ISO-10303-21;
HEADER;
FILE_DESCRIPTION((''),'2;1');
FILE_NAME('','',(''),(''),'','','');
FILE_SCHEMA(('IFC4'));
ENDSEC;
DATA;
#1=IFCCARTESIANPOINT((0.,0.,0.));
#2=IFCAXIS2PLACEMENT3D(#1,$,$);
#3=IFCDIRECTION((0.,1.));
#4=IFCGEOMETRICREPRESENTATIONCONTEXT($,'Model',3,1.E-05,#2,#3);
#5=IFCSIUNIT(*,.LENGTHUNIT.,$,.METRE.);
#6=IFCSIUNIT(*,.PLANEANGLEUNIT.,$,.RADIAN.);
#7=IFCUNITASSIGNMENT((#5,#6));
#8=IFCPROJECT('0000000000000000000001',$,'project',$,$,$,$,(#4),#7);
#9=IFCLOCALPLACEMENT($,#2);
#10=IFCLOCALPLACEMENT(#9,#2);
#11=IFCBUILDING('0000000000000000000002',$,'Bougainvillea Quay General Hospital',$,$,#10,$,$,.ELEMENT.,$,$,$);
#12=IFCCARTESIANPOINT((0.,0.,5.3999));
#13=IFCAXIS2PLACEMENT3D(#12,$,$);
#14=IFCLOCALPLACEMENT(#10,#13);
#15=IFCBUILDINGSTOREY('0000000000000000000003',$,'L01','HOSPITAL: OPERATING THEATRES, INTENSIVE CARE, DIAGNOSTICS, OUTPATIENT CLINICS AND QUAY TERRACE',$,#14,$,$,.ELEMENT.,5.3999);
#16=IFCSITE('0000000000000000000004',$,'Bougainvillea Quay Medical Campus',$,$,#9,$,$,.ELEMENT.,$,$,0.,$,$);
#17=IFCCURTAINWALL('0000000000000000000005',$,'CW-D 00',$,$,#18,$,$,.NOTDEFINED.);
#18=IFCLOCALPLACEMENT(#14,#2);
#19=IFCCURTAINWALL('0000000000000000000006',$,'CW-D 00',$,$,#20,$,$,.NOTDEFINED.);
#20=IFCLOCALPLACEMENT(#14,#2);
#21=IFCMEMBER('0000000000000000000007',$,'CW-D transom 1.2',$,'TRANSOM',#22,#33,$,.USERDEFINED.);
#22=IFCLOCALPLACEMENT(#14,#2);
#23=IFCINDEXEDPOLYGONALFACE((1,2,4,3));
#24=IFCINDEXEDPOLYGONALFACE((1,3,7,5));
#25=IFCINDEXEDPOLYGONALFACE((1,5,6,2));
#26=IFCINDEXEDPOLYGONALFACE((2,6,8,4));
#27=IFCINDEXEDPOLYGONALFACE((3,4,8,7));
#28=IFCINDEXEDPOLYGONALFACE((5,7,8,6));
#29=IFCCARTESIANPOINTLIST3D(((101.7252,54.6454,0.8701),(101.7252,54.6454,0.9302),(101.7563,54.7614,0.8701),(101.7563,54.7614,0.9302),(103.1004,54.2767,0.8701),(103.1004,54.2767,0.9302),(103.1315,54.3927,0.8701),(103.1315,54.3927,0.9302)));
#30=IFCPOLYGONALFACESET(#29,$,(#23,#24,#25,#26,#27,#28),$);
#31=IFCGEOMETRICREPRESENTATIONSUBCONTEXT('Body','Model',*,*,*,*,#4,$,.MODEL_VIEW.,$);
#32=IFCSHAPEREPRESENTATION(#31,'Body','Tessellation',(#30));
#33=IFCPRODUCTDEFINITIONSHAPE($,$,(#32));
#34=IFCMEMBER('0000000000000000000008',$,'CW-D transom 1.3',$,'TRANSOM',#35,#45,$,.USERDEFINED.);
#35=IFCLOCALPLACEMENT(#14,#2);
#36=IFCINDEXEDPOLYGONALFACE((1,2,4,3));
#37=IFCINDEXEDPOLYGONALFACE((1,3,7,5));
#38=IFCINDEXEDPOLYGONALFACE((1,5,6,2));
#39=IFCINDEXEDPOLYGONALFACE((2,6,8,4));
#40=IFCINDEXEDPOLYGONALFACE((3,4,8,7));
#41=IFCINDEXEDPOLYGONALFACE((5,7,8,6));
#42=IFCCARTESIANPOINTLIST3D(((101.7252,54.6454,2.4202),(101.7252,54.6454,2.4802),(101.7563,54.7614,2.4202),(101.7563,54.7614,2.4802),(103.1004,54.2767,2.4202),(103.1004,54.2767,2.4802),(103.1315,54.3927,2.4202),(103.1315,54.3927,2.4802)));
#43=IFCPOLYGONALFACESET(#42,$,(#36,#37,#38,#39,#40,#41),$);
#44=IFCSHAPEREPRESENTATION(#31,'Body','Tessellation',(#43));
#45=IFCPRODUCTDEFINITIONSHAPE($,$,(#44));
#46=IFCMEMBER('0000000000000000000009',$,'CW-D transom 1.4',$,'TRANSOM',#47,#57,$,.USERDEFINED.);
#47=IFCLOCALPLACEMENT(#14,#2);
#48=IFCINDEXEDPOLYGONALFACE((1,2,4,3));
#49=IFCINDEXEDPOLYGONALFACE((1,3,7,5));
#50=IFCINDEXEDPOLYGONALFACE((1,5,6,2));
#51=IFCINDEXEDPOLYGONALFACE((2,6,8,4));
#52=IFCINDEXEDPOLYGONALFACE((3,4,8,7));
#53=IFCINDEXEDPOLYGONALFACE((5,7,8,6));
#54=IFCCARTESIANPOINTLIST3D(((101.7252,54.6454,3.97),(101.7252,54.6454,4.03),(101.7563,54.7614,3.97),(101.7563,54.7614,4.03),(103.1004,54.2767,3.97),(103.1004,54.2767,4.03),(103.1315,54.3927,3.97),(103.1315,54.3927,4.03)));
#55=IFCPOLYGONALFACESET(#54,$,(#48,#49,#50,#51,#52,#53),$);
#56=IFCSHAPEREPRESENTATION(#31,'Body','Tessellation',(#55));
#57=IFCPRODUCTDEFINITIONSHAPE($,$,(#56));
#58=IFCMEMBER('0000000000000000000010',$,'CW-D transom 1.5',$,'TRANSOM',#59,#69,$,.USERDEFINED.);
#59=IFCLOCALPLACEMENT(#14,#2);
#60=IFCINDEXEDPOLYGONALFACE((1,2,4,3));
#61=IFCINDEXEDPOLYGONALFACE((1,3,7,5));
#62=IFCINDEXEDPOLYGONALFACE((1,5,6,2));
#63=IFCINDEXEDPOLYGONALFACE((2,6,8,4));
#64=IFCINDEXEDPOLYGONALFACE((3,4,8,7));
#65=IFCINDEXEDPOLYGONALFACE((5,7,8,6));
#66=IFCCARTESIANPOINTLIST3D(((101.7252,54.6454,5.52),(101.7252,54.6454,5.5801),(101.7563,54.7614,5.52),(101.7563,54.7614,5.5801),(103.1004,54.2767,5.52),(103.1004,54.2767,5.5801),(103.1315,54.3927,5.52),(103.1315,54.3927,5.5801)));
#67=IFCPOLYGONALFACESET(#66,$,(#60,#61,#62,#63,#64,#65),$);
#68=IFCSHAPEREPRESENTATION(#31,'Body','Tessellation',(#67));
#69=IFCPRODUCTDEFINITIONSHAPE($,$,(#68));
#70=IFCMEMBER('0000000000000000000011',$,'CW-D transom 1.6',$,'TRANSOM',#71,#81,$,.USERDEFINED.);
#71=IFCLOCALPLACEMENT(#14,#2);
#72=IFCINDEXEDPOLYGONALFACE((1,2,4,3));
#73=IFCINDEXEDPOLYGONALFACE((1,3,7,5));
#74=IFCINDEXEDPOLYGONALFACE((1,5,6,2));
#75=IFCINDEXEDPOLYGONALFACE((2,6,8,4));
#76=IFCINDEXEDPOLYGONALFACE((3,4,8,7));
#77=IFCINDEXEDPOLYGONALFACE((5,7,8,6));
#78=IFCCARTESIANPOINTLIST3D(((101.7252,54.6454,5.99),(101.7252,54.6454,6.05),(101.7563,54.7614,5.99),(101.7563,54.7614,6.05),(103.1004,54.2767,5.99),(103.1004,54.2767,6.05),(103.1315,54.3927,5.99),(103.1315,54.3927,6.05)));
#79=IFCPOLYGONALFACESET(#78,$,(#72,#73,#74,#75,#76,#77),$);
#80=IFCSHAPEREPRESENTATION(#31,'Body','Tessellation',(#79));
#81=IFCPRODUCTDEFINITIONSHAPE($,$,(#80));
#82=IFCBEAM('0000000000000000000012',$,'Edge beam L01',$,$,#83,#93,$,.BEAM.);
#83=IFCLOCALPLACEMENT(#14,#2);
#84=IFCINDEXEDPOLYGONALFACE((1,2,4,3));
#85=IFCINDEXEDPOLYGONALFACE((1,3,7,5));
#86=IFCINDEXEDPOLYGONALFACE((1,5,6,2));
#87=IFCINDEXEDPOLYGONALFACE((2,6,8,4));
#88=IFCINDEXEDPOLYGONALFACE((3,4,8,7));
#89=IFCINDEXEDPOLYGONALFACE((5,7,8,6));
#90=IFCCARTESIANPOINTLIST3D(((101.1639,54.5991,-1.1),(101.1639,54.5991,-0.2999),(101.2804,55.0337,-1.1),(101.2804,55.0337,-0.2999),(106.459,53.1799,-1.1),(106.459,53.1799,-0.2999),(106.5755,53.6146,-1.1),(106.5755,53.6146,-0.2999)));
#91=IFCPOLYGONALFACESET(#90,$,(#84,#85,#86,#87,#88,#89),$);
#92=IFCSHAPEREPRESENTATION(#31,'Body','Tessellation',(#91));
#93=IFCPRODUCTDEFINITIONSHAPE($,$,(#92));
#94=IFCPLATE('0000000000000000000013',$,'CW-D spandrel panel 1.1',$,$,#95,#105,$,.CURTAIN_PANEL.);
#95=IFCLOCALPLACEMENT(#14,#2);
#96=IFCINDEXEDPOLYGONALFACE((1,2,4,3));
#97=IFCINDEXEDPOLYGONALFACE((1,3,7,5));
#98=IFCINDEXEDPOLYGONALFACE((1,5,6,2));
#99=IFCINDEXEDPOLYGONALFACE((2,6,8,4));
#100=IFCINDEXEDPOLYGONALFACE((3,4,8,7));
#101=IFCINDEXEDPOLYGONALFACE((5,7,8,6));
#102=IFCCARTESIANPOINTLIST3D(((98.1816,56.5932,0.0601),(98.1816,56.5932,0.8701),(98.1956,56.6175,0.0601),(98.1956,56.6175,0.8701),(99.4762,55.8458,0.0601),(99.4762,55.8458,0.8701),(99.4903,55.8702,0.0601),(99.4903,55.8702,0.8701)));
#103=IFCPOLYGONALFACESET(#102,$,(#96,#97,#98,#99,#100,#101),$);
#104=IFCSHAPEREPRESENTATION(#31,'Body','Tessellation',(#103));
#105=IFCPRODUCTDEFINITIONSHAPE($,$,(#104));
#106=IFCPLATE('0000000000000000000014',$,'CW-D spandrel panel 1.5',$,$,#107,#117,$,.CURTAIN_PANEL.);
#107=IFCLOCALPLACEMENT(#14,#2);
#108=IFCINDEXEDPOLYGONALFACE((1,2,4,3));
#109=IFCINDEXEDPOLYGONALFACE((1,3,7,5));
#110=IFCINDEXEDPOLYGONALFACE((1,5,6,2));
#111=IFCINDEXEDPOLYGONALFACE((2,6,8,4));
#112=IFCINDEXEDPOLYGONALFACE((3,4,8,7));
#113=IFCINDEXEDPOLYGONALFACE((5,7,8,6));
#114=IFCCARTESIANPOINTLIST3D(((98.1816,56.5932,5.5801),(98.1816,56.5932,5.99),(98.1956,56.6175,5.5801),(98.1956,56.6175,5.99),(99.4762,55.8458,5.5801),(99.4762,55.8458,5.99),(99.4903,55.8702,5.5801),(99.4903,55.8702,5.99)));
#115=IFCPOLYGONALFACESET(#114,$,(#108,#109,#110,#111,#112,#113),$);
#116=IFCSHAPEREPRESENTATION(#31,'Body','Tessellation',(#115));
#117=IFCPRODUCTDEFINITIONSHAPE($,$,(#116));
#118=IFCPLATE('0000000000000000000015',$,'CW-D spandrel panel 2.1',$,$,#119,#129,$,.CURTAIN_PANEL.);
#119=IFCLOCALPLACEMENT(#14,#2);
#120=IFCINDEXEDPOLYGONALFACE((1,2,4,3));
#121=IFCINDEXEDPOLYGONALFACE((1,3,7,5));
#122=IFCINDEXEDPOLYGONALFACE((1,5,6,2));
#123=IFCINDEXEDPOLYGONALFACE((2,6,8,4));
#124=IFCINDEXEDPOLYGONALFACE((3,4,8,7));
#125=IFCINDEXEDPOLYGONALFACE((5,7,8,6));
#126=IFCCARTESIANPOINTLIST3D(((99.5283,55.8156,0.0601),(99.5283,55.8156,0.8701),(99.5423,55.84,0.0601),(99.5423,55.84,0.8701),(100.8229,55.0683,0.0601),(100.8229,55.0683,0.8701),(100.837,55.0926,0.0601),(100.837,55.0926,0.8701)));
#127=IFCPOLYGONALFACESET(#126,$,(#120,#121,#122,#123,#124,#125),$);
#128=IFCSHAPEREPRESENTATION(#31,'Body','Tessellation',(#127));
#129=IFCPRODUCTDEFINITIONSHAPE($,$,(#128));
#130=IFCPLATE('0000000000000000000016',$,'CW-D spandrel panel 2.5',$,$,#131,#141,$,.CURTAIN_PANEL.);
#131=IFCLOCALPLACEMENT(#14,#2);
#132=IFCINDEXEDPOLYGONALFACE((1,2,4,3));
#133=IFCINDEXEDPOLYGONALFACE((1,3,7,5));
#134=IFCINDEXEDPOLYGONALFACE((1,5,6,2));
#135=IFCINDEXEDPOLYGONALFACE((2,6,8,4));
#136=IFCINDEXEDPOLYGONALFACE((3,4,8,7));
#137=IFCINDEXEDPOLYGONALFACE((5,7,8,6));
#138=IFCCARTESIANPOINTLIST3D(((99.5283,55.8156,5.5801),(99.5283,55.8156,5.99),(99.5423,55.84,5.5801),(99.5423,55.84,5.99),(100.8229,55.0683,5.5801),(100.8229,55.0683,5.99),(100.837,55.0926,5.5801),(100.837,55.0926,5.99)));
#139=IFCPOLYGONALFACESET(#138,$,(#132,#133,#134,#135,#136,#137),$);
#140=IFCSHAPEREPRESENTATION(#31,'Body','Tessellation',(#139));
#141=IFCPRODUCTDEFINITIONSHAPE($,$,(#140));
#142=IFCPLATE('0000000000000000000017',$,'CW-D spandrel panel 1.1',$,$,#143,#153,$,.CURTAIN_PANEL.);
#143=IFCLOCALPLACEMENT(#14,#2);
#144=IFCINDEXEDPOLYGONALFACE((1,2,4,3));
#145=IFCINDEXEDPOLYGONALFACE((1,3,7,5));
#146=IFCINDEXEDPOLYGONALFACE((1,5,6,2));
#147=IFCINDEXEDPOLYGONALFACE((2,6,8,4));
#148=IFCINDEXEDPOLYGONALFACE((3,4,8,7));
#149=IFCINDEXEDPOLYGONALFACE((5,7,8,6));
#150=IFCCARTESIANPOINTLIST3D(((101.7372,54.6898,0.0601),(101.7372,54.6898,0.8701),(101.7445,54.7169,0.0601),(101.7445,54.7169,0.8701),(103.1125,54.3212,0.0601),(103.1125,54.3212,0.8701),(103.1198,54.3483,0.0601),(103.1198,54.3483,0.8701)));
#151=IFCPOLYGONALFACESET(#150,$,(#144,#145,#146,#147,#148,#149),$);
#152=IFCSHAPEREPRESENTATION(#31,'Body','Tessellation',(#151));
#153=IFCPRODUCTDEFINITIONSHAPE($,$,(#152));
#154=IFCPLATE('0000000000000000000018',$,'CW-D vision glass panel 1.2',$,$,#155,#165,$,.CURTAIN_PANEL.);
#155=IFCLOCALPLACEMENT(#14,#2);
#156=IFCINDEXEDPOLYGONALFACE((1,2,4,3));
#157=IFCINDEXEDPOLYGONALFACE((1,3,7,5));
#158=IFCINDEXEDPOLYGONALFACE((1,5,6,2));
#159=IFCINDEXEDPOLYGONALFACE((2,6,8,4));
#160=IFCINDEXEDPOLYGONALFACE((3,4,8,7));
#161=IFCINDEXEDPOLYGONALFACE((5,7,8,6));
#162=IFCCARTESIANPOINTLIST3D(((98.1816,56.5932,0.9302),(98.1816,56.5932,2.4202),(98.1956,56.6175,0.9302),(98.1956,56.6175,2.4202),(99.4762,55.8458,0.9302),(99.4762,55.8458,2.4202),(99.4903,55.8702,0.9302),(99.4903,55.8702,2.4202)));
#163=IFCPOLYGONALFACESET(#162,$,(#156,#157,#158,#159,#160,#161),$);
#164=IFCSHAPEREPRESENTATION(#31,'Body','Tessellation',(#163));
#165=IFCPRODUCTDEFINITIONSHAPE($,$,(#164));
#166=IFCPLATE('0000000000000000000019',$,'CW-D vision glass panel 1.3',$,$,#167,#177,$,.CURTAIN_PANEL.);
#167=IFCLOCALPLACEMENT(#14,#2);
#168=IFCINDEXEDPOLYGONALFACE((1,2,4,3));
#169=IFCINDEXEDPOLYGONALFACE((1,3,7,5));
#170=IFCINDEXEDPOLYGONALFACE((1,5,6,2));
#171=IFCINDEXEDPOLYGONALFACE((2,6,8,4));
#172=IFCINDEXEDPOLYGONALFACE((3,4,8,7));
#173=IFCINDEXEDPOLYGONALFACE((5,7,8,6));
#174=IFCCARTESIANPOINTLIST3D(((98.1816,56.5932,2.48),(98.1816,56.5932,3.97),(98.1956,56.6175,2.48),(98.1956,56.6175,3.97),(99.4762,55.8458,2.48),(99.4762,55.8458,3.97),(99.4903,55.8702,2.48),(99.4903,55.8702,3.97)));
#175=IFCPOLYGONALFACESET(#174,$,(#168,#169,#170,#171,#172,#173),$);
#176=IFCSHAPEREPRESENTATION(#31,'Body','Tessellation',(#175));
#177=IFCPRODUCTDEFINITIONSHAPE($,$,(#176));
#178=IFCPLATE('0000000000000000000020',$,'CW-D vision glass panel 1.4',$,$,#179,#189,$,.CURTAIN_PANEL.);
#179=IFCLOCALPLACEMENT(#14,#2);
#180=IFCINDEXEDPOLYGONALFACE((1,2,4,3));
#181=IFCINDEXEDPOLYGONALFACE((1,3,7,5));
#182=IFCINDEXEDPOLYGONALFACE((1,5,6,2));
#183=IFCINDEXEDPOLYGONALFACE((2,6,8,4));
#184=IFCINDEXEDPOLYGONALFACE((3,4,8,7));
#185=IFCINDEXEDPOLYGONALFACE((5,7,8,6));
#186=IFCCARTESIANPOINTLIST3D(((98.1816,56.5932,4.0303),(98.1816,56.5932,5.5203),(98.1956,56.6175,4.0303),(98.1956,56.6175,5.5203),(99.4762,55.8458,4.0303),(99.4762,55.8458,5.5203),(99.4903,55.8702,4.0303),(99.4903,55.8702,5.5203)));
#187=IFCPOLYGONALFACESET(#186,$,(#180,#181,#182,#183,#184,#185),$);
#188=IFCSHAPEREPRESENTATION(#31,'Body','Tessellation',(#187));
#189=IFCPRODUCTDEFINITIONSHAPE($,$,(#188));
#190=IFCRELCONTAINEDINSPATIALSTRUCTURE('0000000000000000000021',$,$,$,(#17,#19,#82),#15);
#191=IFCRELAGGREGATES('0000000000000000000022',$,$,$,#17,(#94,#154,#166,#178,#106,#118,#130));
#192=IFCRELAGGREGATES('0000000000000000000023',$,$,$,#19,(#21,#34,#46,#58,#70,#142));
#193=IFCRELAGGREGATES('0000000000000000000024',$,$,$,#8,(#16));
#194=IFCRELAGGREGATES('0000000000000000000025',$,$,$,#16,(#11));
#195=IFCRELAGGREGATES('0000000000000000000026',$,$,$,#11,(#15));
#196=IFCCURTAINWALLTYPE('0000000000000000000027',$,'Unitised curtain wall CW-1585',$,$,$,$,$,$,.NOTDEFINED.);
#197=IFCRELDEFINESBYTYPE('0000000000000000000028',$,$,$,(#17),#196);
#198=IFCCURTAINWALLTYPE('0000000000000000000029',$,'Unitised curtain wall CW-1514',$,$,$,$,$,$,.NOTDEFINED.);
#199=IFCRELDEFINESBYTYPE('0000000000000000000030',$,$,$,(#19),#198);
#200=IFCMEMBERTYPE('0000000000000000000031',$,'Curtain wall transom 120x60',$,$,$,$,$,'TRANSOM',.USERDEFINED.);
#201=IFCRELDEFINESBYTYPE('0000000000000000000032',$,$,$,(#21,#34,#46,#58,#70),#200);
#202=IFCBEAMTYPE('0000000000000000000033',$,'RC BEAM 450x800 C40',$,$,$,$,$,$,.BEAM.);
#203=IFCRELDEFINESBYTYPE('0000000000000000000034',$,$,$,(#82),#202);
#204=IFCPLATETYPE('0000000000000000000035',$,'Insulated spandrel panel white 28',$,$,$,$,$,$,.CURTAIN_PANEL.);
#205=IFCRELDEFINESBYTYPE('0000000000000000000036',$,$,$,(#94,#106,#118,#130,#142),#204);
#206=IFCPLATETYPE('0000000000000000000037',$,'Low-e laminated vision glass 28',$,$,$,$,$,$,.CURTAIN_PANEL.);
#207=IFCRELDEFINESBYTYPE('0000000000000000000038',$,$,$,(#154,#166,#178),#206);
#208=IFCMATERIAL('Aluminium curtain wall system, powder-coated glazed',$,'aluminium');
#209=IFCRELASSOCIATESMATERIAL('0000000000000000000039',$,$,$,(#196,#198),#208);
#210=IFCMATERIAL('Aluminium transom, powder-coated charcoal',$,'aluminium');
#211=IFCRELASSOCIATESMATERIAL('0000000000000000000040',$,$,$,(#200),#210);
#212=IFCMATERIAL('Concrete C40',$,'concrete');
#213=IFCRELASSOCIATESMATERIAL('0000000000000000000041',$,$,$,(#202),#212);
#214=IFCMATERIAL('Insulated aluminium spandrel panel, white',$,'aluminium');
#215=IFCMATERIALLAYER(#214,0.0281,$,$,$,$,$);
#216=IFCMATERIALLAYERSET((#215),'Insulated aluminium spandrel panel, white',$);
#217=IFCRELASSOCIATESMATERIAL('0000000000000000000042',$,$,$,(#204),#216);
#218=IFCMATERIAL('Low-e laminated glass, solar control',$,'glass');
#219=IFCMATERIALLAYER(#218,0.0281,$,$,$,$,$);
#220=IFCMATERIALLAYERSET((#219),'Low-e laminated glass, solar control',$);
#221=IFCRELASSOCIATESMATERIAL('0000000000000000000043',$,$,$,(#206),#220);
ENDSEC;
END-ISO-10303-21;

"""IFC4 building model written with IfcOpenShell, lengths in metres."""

from ifc_helpers import new_model, si_unit, direction, frame, origin, origin_2d, place, context, subcontext, project, spatial, rectangle, extrude, material, layer, layer_set, material_profile, profile_set, type_object, element, aggregate, save


model = new_model("IFC4")

# Units and contexts
model_context = context("Model", 3, precision=1e-05, world=origin(), true_north=direction((0.0, 1.0)))
body_context = subcontext(model_context, "Body", "Model", "MODEL_VIEW")
ifc_project = project(units=[si_unit("LENGTHUNIT", "METRE"), si_unit("PLANEANGLEUNIT", "RADIAN")], contexts=[model_context])

# Site, building, storey
site_placement = place(None, origin())
site = spatial("IfcSite", under=ifc_project, at=site_placement, Name="Bougainvillea Quay Medical Campus", CompositionType="ELEMENT", RefElevation=0.0)
building_placement = place(site_placement, origin())
building = spatial("IfcBuilding", under=site, at=building_placement, Name="Bougainvillea Quay General Hospital", CompositionType="ELEMENT")
storey_placement = place(building_placement, frame((0.0, 0.0, 5.3999)))
storey = spatial("IfcBuildingStorey", under=building, at=storey_placement, Name="L01", Description="HOSPITAL: OPERATING THEATRES, INTENSIVE CARE, DIAGNOSTICS, OUTPATIENT CLINICS AND QUAY TERRACE", CompositionType="ELEMENT", Elevation=5.3999)

# Curtain wall
ifc_material_1 = material(Name="Aluminium curtain wall system, powder-coated glazed", Category="aluminium")
curtain_wall_type_1 = type_object("IfcCurtainWallType", Name="Unitised curtain wall CW-1585", PredefinedType="NOTDEFINED", material=ifc_material_1)
curtain_wall_1_placement = place(storey_placement, origin())
curtain_wall_1 = element("IfcCurtainWall", 1, at=curtain_wall_1_placement, inside=storey, type_object=curtain_wall_type_1, Name="CW-D 00", PredefinedType="NOTDEFINED")

# Curtain wall
curtain_wall_type_2 = type_object("IfcCurtainWallType", Name="Unitised curtain wall CW-1514", PredefinedType="NOTDEFINED", material=ifc_material_1)
curtain_wall_2_placement = place(storey_placement, origin())
curtain_wall_2 = element("IfcCurtainWall", 2, at=curtain_wall_2_placement, inside=storey, type_object=curtain_wall_type_2, Name="CW-D 00", PredefinedType="NOTDEFINED")

# Members
ifc_material_2 = material(Name="Aluminium transom, powder-coated charcoal", Category="aluminium")
ifc_material_profile_1 = material_profile(ifc_material_2, rectangle(XDim=0.1201, YDim=0.0601, at=origin_2d()))
ifc_profile_set_1 = profile_set([ifc_material_profile_1], Name="Aluminium transom, powder-coated charcoal")
member_type_1 = type_object("IfcMemberType", Name="Curtain wall transom 120x60", ElementType="TRANSOM", PredefinedType="USERDEFINED", material=ifc_profile_set_1)
member_1_placement = place(storey_placement, frame((101.7407, 54.7034, 0.9001), z_axis=(0.965898, -0.258922, 0.0), x_axis=(0.258922, 0.965898, 0.0)))
member_1 = element("IfcMember", 3, at=member_1_placement, type_object=member_type_1, Name="CW-D transom 1.2", ObjectType="TRANSOM", PredefinedType="USERDEFINED", context=body_context, shape_type="SweptSolid", body=[
    extrude(rectangle(XDim=0.1201, YDim=0.0601, at=origin_2d()), origin(), (0.0, 0.0, 1.0), 1.4238),
])
member_2_placement = place(storey_placement, frame((101.7407, 54.7034, 2.4502), z_axis=(0.965898, -0.258922, 0.0), x_axis=(0.258922, 0.965898, 0.0)))
member_2 = element("IfcMember", 4, at=member_2_placement, type_object=member_type_1, Name="CW-D transom 1.3", ObjectType="TRANSOM", PredefinedType="USERDEFINED", context=body_context, shape_type="SweptSolid", body=[
    extrude(rectangle(XDim=0.1201, YDim=0.0601, at=origin_2d()), origin(), (0.0, 0.0, 1.0), 1.4238),
])
member_3_placement = place(storey_placement, frame((101.7407, 54.7034, 4.0), z_axis=(0.965898, -0.258922, 0.0), x_axis=(0.258922, 0.965898, 0.0)))
member_3 = element("IfcMember", 5, at=member_3_placement, type_object=member_type_1, Name="CW-D transom 1.4", ObjectType="TRANSOM", PredefinedType="USERDEFINED", context=body_context, shape_type="SweptSolid", body=[
    extrude(rectangle(XDim=0.1201, YDim=0.0601, at=origin_2d()), origin(), (0.0, 0.0, 1.0), 1.4238),
])
member_4_placement = place(storey_placement, frame((101.7407, 54.7034, 5.55), z_axis=(0.965898, -0.258922, 0.0), x_axis=(0.258922, 0.965898, 0.0)))
member_4 = element("IfcMember", 6, at=member_4_placement, type_object=member_type_1, Name="CW-D transom 1.5", ObjectType="TRANSOM", PredefinedType="USERDEFINED", context=body_context, shape_type="SweptSolid", body=[
    extrude(rectangle(XDim=0.1201, YDim=0.0601, at=origin_2d()), origin(), (0.0, 0.0, 1.0), 1.4238),
])
member_5_placement = place(storey_placement, frame((101.7407, 54.7034, 6.02), z_axis=(0.965898, -0.258922, 0.0), x_axis=(0.258922, 0.965898, 0.0)))
member_5 = element("IfcMember", 7, at=member_5_placement, type_object=member_type_1, Name="CW-D transom 1.6", ObjectType="TRANSOM", PredefinedType="USERDEFINED", context=body_context, shape_type="SweptSolid", body=[
    extrude(rectangle(XDim=0.1201, YDim=0.0601, at=origin_2d()), origin(), (0.0, 0.0, 1.0), 1.4238),
])

# Beam
ifc_material_3 = material(Name="Concrete C40", Category="concrete")
ifc_material_profile_2 = material_profile(ifc_material_3, rectangle(XDim=0.45, YDim=0.8, at=origin_2d()))
ifc_profile_set_2 = profile_set([ifc_material_profile_2], Name="Concrete C40")
beam_type = type_object("IfcBeamType", Name="RC BEAM 450x800 C40", PredefinedType="BEAM", material=ifc_profile_set_2)
beam_placement = place(storey_placement, frame((101.2222, 54.8164, -0.7), z_axis=(0.96591, -0.258879, 0.0), x_axis=(0.258879, 0.96591, 0.0)))
element("IfcBeam", 8, at=beam_placement, inside=storey, type_object=beam_type, Name="Edge beam L01", PredefinedType="BEAM", context=body_context, shape_type="SweptSolid", body=[
    extrude(rectangle(XDim=0.45, YDim=0.8, at=origin_2d()), origin(), (0.0, 0.0, 1.0), 5.4819),
])

# Plates
ifc_material_4 = material(Name="Insulated aluminium spandrel panel, white", Category="aluminium")
ifc_layer_1 = layer(ifc_material_4, 0.0281)
ifc_layer_set_1 = layer_set([ifc_layer_1], Name="Insulated aluminium spandrel panel, white")
plate_type_1 = type_object("IfcPlateType", Name="Insulated spandrel panel white 28", PredefinedType="CURTAIN_PANEL", material=ifc_layer_set_1)
plate_1_placement = place(storey_placement, frame((98.8359, 56.2317, 0.0601), z_axis=(0.0, 0.0, 1.0), x_axis=(0.866046, -0.499965, 0.0)))
plate_1 = element("IfcPlate", 9, at=plate_1_placement, type_object=plate_type_1, Name="CW-D spandrel panel 1.1", PredefinedType="CURTAIN_PANEL", context=body_context, shape_type="SweptSolid", body=[
    extrude(rectangle(XDim=1.4949, YDim=0.0281, at=origin_2d()), origin(), (0.0, 0.0, 1.0), 0.8101),
])
plate_2_placement = place(storey_placement, frame((98.8359, 56.2317, 5.5801), z_axis=(0.0, 0.0, 1.0), x_axis=(0.866046, -0.499965, 0.0)))
plate_2 = element("IfcPlate", 10, at=plate_2_placement, type_object=plate_type_1, Name="CW-D spandrel panel 1.5", PredefinedType="CURTAIN_PANEL", context=body_context, shape_type="SweptSolid", body=[
    extrude(rectangle(XDim=1.4949, YDim=0.0281, at=origin_2d()), origin(), (0.0, 0.0, 1.0), 0.4099),
])
plate_3_placement = place(storey_placement, frame((100.1826, 55.4541, 0.0601), z_axis=(0.0, 0.0, 1.0), x_axis=(0.866046, -0.499965, 0.0)))
plate_3 = element("IfcPlate", 11, at=plate_3_placement, type_object=plate_type_1, Name="CW-D spandrel panel 2.1", PredefinedType="CURTAIN_PANEL", context=body_context, shape_type="SweptSolid", body=[
    extrude(rectangle(XDim=1.4949, YDim=0.0281, at=origin_2d()), origin(), (0.0, 0.0, 1.0), 0.8101),
])
plate_4_placement = place(storey_placement, frame((100.1826, 55.4541, 5.5801), z_axis=(0.0, 0.0, 1.0), x_axis=(0.866046, -0.499965, 0.0)))
plate_4 = element("IfcPlate", 12, at=plate_4_placement, type_object=plate_type_1, Name="CW-D spandrel panel 2.5", PredefinedType="CURTAIN_PANEL", context=body_context, shape_type="SweptSolid", body=[
    extrude(rectangle(XDim=1.4949, YDim=0.0281, at=origin_2d()), origin(), (0.0, 0.0, 1.0), 0.4099),
])
plate_5_placement = place(storey_placement, frame((102.4285, 54.519, 0.0601), z_axis=(0.0, 0.0, 1.0), x_axis=(0.965916, -0.258855, 0.0)))
plate_5 = element("IfcPlate", 13, at=plate_5_placement, type_object=plate_type_1, Name="CW-D spandrel panel 1.1", PredefinedType="CURTAIN_PANEL", context=body_context, shape_type="SweptSolid", body=[
    extrude(rectangle(XDim=1.4238, YDim=0.0281, at=origin_2d()), origin(), (0.0, 0.0, 1.0), 0.8101),
])
ifc_material_5 = material(Name="Low-e laminated glass, solar control", Category="glass")
ifc_layer_2 = layer(ifc_material_5, 0.0281)
ifc_layer_set_2 = layer_set([ifc_layer_2], Name="Low-e laminated glass, solar control")
plate_type_2 = type_object("IfcPlateType", Name="Low-e laminated vision glass 28", PredefinedType="CURTAIN_PANEL", material=ifc_layer_set_2)
plate_6_placement = place(storey_placement, frame((98.8359, 56.2317, 0.9302), z_axis=(0.0, 0.0, 1.0), x_axis=(0.866046, -0.499965, 0.0)))
plate_6 = element("IfcPlate", 14, at=plate_6_placement, type_object=plate_type_2, Name="CW-D vision glass panel 1.2", PredefinedType="CURTAIN_PANEL", context=body_context, shape_type="SweptSolid", body=[
    extrude(rectangle(XDim=1.4949, YDim=0.0281, at=origin_2d()), origin(), (0.0, 0.0, 1.0), 1.49),
])
plate_7_placement = place(storey_placement, frame((98.8359, 56.2317, 2.48), z_axis=(0.0, 0.0, 1.0), x_axis=(0.866046, -0.499965, 0.0)))
plate_7 = element("IfcPlate", 15, at=plate_7_placement, type_object=plate_type_2, Name="CW-D vision glass panel 1.3", PredefinedType="CURTAIN_PANEL", context=body_context, shape_type="SweptSolid", body=[
    extrude(rectangle(XDim=1.4949, YDim=0.0281, at=origin_2d()), origin(), (0.0, 0.0, 1.0), 1.49),
])
plate_8_placement = place(storey_placement, frame((98.8359, 56.2317, 4.0303), z_axis=(0.0, 0.0, 1.0), x_axis=(0.866046, -0.499965, 0.0)))
plate_8 = element("IfcPlate", 16, at=plate_8_placement, type_object=plate_type_2, Name="CW-D vision glass panel 1.4", PredefinedType="CURTAIN_PANEL", context=body_context, shape_type="SweptSolid", body=[
    extrude(rectangle(XDim=1.4949, YDim=0.0281, at=origin_2d()), origin(), (0.0, 0.0, 1.0), 1.49),
])
aggregate(curtain_wall_1, [plate_1, plate_6, plate_7, plate_8, plate_2, plate_3, plate_4])
aggregate(curtain_wall_2, [member_1, member_2, member_3, member_4, member_5, plate_5])

save(model, "model.ifc")
